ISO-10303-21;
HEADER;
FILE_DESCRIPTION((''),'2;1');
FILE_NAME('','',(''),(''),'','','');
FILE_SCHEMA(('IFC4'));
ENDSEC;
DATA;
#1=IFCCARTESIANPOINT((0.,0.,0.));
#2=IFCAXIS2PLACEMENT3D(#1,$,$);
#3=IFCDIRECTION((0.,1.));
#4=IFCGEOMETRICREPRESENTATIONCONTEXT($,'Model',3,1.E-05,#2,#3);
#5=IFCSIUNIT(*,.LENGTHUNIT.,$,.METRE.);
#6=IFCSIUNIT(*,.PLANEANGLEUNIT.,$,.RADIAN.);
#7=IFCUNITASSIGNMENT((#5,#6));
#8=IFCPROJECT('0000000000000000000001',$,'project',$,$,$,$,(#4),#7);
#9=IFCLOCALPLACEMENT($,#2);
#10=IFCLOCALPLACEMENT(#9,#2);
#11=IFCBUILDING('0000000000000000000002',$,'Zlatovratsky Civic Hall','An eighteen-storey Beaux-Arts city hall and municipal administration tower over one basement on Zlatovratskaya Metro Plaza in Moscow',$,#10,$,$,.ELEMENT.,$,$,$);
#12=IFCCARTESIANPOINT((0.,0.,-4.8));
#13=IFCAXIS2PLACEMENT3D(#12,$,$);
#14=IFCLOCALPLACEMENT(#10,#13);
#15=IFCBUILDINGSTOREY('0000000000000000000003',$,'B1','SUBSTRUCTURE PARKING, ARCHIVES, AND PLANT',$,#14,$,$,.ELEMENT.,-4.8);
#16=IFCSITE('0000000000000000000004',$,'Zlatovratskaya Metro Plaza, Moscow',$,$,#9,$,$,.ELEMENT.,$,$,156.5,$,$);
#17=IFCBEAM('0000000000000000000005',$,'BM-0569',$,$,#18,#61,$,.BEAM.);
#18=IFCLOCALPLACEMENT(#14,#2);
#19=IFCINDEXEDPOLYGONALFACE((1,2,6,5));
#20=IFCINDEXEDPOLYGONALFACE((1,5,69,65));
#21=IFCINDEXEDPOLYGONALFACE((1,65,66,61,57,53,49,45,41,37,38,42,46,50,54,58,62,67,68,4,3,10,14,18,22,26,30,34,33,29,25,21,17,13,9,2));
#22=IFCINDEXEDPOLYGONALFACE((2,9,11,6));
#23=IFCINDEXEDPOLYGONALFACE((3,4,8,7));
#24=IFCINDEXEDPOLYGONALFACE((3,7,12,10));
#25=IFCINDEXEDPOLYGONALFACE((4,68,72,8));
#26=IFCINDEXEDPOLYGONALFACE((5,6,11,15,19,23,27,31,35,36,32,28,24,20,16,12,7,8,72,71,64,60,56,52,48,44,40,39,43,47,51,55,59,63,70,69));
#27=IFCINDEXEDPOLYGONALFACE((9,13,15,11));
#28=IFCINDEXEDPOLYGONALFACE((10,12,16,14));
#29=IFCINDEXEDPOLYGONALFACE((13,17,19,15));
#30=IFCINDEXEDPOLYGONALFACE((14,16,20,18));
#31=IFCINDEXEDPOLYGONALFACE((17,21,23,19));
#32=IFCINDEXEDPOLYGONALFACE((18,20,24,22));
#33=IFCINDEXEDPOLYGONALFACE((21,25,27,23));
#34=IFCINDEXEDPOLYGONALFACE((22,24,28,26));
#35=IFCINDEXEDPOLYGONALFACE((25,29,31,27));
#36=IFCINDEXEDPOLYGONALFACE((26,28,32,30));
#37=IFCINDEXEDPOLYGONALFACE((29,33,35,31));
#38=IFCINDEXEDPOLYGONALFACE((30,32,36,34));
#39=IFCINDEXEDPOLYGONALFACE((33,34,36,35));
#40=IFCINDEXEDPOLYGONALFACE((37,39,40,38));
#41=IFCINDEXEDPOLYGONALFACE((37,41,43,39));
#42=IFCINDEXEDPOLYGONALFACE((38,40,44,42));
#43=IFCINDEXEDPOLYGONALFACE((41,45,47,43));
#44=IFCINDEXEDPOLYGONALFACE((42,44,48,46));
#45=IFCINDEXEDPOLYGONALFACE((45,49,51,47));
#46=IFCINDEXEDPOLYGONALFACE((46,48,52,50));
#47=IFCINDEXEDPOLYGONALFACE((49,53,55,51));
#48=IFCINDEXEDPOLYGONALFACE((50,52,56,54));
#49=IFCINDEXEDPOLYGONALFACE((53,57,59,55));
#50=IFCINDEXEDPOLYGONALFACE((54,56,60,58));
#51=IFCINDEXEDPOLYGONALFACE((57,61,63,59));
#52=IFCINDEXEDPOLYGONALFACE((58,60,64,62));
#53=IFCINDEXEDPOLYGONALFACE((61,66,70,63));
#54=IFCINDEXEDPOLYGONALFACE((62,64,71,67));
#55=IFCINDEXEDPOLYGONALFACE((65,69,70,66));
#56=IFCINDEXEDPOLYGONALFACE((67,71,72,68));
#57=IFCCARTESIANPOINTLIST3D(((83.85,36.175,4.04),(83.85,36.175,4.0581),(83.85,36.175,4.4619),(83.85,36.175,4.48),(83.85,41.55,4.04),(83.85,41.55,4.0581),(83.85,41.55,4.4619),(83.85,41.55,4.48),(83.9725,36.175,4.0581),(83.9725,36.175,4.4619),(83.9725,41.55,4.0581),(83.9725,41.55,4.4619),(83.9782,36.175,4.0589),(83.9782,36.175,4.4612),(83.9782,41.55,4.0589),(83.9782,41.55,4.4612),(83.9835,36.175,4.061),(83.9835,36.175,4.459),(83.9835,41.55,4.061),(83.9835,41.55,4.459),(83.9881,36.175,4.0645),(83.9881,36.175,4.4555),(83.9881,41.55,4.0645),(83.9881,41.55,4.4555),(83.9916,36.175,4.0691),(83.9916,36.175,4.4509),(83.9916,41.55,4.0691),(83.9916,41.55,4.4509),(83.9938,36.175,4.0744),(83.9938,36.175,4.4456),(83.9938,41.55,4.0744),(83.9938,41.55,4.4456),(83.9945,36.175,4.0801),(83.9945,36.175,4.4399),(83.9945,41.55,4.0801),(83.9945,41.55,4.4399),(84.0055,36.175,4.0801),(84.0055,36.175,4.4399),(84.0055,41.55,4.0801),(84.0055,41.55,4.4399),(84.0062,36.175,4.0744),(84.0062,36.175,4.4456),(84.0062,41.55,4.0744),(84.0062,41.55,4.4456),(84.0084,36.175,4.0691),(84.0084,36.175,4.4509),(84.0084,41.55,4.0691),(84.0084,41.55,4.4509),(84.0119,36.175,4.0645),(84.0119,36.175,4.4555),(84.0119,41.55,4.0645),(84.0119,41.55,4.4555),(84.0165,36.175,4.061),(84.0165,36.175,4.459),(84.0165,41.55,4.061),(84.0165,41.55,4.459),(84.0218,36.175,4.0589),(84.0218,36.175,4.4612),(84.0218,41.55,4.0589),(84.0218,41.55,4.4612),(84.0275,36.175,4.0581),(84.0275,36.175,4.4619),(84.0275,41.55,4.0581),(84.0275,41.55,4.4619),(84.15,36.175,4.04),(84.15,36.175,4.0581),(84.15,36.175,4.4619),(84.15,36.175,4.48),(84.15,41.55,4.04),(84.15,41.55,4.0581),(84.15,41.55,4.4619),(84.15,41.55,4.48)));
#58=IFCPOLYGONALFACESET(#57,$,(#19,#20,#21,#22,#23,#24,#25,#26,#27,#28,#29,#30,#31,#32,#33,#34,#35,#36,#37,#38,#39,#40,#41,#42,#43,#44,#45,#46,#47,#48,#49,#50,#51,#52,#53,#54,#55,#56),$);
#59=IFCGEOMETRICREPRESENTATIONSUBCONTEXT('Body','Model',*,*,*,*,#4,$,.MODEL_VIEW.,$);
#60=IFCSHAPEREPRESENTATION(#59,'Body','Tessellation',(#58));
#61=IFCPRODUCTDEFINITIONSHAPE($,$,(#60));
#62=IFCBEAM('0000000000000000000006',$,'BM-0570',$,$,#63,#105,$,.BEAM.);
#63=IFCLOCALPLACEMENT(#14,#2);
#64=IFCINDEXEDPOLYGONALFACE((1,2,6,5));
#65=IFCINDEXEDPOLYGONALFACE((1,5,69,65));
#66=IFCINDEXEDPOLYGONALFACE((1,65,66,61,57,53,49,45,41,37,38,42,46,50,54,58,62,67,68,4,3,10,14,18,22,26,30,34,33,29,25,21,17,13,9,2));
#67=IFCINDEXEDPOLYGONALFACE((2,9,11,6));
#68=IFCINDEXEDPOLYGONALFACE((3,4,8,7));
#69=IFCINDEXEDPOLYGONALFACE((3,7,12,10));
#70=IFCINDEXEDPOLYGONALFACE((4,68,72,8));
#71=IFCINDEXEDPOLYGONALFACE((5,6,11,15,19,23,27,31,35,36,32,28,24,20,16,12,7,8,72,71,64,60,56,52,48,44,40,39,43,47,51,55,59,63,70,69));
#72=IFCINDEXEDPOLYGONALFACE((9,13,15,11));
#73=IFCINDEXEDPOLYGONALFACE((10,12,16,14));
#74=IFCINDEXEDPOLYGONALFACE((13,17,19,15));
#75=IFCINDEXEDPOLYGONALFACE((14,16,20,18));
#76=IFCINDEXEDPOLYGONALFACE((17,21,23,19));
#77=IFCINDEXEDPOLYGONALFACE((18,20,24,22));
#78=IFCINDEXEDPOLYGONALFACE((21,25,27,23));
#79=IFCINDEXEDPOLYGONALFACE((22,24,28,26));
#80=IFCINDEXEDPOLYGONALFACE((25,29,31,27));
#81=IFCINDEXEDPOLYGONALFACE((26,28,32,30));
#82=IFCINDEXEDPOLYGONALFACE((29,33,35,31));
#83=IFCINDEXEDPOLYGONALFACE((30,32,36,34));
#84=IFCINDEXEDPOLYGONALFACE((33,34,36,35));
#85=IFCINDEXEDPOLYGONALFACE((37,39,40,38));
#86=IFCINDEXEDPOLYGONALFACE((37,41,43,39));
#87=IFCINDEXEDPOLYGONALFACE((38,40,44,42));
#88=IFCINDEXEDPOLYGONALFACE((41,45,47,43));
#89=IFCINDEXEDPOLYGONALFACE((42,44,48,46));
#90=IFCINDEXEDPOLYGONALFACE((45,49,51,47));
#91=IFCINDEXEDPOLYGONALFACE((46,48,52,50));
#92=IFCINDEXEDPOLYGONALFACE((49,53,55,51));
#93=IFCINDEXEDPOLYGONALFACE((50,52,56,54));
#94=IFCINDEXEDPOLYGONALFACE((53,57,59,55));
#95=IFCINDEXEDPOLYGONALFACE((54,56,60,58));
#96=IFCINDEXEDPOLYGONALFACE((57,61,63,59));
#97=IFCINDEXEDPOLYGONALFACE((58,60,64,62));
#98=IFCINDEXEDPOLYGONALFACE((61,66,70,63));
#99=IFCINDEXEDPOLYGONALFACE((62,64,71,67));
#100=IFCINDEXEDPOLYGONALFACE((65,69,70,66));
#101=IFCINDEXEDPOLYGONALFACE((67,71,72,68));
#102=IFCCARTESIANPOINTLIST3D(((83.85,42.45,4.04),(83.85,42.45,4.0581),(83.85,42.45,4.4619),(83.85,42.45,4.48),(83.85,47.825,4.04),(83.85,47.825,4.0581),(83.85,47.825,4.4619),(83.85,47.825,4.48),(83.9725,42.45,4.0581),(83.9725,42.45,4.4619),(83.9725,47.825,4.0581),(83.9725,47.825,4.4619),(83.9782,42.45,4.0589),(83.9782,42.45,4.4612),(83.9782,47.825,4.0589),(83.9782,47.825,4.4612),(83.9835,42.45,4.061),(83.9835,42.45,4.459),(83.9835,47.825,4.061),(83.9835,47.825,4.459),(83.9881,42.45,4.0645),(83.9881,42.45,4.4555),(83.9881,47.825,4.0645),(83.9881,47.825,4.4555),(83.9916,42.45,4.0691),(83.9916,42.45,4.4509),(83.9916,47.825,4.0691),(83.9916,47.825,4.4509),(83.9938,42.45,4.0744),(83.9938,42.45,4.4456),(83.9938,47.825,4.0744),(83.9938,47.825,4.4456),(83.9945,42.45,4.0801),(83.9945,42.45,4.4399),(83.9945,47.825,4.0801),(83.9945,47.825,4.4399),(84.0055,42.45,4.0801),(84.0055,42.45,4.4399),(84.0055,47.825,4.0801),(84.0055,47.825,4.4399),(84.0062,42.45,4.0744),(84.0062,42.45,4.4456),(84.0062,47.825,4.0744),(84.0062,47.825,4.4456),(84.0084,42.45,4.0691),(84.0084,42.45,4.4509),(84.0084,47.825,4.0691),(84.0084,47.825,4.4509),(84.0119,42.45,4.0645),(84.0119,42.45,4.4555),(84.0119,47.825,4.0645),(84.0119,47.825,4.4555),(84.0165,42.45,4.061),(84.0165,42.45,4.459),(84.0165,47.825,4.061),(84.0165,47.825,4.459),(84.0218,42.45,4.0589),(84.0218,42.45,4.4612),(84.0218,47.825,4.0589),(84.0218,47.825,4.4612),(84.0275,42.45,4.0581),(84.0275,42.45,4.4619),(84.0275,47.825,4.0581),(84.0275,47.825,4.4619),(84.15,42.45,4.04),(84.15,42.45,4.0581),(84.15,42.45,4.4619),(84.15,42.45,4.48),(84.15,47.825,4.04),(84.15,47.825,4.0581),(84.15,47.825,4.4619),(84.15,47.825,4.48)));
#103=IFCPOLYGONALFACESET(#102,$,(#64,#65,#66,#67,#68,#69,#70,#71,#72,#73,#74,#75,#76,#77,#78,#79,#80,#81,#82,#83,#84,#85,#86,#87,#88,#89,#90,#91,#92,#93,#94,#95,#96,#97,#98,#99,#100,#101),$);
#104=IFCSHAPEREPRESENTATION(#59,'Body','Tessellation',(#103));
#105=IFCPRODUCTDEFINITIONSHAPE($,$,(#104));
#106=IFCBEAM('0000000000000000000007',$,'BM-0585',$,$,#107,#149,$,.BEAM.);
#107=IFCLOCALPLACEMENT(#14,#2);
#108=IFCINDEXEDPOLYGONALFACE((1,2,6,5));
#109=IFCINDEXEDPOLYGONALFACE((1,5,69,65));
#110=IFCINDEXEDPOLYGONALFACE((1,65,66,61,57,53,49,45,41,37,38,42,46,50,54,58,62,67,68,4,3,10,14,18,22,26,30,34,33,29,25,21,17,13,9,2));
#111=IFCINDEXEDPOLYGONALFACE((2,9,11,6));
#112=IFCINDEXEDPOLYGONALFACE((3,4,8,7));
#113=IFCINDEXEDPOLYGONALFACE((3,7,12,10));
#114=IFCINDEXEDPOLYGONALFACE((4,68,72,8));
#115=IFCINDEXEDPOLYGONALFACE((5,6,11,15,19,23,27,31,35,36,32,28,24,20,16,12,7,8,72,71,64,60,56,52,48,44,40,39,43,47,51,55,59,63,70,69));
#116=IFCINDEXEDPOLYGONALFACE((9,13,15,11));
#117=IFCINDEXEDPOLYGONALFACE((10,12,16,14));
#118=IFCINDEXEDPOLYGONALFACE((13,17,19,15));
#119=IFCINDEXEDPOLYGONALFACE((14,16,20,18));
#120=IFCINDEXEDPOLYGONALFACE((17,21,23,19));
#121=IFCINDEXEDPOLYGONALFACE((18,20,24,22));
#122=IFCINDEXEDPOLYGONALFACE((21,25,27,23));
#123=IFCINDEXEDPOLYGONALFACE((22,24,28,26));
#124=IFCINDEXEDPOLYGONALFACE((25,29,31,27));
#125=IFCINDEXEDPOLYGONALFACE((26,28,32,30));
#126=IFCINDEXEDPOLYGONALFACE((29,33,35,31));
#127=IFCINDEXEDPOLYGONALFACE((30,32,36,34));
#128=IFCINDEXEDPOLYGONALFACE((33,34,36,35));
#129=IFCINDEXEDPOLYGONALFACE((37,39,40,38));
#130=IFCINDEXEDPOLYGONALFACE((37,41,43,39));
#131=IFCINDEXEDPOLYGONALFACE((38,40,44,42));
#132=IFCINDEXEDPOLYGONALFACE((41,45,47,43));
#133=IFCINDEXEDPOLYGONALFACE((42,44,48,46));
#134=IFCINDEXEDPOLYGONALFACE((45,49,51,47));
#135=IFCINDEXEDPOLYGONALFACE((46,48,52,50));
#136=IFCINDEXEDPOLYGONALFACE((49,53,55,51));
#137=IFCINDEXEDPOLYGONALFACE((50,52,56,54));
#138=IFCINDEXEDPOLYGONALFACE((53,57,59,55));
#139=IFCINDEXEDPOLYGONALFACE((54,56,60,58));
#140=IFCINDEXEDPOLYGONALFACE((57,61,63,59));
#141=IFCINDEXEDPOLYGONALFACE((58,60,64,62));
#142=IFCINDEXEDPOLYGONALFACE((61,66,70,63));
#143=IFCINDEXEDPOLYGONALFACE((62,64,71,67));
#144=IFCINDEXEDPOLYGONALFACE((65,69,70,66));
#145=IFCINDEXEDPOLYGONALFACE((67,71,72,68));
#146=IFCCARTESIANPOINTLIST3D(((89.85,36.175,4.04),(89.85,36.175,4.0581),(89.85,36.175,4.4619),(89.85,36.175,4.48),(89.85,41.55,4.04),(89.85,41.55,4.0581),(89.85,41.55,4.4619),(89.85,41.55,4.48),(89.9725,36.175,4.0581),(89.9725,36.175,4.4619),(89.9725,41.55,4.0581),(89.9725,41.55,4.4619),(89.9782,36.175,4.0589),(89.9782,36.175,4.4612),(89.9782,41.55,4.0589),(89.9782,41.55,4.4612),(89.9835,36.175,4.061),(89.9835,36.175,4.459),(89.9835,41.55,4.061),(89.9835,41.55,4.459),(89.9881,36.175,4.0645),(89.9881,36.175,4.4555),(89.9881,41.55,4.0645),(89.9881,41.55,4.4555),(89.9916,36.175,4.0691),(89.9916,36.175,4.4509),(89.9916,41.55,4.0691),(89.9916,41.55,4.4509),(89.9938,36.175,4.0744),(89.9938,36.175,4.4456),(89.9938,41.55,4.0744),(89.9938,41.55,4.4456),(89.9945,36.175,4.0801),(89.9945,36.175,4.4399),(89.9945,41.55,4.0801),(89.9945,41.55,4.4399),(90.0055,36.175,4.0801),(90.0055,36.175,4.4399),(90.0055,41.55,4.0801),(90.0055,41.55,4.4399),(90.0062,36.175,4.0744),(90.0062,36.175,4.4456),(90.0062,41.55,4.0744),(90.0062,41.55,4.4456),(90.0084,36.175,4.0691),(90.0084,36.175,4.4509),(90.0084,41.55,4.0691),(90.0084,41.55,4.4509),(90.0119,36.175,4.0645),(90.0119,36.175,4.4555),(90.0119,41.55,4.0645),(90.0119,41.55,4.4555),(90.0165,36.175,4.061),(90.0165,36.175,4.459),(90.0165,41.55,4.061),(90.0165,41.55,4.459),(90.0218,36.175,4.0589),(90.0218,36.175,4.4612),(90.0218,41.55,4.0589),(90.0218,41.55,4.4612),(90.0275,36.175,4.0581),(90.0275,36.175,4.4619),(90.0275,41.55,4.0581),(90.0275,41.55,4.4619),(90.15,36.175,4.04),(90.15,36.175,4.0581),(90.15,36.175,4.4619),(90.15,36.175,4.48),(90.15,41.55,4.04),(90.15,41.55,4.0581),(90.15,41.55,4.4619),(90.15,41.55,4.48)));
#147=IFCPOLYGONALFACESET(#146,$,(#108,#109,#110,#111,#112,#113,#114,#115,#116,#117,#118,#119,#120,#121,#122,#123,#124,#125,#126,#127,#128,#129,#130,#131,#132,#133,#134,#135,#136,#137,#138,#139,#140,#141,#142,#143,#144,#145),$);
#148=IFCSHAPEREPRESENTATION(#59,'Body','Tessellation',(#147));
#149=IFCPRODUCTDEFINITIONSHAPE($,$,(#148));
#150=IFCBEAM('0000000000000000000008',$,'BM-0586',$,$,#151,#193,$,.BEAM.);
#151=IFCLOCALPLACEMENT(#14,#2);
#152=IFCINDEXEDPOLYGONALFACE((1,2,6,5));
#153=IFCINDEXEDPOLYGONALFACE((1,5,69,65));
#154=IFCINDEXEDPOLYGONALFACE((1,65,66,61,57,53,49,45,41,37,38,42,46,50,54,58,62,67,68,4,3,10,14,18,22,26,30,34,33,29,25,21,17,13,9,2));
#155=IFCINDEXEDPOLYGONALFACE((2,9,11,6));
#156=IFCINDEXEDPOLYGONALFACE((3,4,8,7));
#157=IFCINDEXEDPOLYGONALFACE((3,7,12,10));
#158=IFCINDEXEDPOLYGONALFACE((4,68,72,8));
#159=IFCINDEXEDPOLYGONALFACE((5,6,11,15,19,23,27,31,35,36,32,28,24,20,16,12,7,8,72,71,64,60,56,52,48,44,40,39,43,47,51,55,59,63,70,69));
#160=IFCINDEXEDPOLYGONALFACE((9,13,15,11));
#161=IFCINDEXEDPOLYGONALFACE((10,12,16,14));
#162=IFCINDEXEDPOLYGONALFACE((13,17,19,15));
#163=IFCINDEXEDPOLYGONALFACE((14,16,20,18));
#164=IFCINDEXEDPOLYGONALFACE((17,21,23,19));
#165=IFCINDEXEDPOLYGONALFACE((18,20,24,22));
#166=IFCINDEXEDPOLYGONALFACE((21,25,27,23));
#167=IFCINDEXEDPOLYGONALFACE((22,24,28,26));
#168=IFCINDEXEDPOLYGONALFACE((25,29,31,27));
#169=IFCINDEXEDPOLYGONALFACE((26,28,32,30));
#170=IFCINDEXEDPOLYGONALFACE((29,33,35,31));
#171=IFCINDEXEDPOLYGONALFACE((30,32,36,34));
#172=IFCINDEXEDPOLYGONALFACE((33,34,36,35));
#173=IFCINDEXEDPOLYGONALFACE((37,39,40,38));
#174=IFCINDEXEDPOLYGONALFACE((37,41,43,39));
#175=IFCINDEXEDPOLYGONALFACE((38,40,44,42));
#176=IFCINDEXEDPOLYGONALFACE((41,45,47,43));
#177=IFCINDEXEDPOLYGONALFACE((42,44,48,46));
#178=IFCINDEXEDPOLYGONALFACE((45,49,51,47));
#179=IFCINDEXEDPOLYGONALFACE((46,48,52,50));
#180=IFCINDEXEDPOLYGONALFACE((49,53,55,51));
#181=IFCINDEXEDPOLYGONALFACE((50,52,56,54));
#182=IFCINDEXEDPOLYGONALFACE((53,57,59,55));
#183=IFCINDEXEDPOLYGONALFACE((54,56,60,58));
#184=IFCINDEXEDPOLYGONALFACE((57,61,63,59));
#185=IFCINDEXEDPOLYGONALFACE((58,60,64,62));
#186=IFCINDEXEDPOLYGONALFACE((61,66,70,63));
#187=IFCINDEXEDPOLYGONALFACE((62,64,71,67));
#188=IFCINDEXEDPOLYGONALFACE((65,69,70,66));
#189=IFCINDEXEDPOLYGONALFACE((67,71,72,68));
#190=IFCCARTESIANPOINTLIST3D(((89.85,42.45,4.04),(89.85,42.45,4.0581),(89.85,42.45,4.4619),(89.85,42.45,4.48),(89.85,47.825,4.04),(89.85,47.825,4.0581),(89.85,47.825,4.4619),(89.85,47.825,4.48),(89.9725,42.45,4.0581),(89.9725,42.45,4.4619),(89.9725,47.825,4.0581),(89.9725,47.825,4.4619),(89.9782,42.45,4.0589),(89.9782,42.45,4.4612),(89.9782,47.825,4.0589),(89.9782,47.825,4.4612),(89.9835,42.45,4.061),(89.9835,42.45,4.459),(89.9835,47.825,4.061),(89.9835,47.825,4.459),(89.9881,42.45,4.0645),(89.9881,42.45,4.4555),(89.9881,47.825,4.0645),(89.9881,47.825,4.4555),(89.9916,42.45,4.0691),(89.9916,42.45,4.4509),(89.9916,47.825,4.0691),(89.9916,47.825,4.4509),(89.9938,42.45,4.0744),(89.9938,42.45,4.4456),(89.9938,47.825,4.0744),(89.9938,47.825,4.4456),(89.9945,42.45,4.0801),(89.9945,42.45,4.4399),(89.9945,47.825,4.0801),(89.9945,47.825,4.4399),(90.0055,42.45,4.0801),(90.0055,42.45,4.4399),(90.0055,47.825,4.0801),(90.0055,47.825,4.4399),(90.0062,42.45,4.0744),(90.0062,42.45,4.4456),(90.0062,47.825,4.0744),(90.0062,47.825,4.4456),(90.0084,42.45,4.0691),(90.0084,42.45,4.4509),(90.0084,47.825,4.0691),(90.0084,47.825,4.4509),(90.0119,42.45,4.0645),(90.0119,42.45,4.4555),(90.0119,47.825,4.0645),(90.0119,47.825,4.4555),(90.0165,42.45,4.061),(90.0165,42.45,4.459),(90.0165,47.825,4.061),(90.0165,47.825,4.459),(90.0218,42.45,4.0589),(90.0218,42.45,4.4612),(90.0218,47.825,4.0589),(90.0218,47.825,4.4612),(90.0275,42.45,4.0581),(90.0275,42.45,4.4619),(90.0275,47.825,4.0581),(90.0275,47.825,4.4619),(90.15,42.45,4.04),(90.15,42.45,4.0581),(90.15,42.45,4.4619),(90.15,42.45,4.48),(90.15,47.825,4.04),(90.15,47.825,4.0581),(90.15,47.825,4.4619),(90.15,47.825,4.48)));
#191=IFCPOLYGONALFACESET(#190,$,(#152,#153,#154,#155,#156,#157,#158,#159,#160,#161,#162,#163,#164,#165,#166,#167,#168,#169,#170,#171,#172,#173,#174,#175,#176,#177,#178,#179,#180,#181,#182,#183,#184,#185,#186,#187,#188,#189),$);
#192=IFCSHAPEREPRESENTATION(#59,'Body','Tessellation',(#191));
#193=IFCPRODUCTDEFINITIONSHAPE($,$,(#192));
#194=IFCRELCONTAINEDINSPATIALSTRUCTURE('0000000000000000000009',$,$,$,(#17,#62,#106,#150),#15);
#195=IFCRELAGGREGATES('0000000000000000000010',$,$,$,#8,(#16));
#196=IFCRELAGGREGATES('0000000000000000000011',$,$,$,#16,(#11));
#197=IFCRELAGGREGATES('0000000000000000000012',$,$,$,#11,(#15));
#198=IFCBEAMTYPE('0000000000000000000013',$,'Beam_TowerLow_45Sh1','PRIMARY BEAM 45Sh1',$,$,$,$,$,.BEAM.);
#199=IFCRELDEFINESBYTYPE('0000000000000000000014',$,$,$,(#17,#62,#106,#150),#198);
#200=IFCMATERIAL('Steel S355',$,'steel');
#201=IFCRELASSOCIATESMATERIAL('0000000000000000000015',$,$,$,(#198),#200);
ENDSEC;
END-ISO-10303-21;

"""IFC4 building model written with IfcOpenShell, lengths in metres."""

from ifc_helpers import new_model, si_unit, direction, frame, origin, origin_2d, place, context, subcontext, project, spatial, i_section, extrude, material, material_profile, profile_set, type_object, element, save


model = new_model("IFC4")

# Units and contexts
model_context = context("Model", 3, precision=1e-05, world=origin(), true_north=direction((0.0, 1.0)))
body_context = subcontext(model_context, "Body", "Model", "MODEL_VIEW")
ifc_project = project(units=[si_unit("LENGTHUNIT", "METRE"), si_unit("PLANEANGLEUNIT", "RADIAN")], contexts=[model_context])

# Site, building, storey
site_placement = place(None, origin())
site = spatial("IfcSite", under=ifc_project, at=site_placement, Name="Zlatovratskaya Metro Plaza, Moscow", CompositionType="ELEMENT", RefElevation=156.5)
building_placement = place(site_placement, origin())
building = spatial("IfcBuilding", under=site, at=building_placement, Name="Zlatovratsky Civic Hall", Description="An eighteen-storey Beaux-Arts city hall and municipal administration tower over one basement on Zlatovratskaya Metro Plaza in Moscow", CompositionType="ELEMENT")
storey_placement = place(building_placement, frame((0.0, 0.0, -4.8)))
storey = spatial("IfcBuildingStorey", under=building, at=storey_placement, Name="B1", Description="SUBSTRUCTURE PARKING, ARCHIVES, AND PLANT", CompositionType="ELEMENT", Elevation=-4.8)

# Shared definitions
ifc_material_1 = material(Name="Steel S355", Category="steel")

# Beams
ifc_material_profile_1 = material_profile(ifc_material_1, i_section(OverallWidth=0.3, OverallDepth=0.4399, WebThickness=0.011, FlangeThickness=0.0181, FilletRadius=0.022, at=origin_2d()), Name="45Sh1")
ifc_profile_set_1 = profile_set([ifc_material_profile_1], Name="Steel S355")
beam_type = type_object("IfcBeamType", Name="Beam_TowerLow_45Sh1", Description="PRIMARY BEAM 45Sh1", PredefinedType="BEAM", material=ifc_profile_set_1)
for number, where, z_axis, x_axis, name in (
    (1, (84.0, 36.175, 4.26), (0.0, 1.0, 0.0), (-1.0, 0.0, 0.0), "BM-0569"),
    (2, (84.0, 42.45, 4.26), (0.0, 1.0, 0.0), (-1.0, 0.0, 0.0), "BM-0570"),
    (3, (90.0, 36.175, 4.26), (0.0, 1.0, 0.0), (-1.0, 0.0, 0.0), "BM-0585"),
    (4, (90.0, 42.45, 4.26), (0.0, 1.0, 0.0), (-1.0, 0.0, 0.0), "BM-0586"),
):
    element("IfcBeam", number, at=place(storey_placement, frame(where, z_axis=z_axis, x_axis=x_axis)), inside=storey, type_object=beam_type, Name=name, PredefinedType="BEAM", context=body_context, shape_type="SweptSolid", body=[
        extrude(i_section(OverallWidth=0.3, OverallDepth=0.4399, WebThickness=0.011, FlangeThickness=0.0181, FilletRadius=0.022, at=origin_2d()), origin(), (0.0, 0.0, 1.0), 5.375),
    ])

save(model, "model.ifc")
